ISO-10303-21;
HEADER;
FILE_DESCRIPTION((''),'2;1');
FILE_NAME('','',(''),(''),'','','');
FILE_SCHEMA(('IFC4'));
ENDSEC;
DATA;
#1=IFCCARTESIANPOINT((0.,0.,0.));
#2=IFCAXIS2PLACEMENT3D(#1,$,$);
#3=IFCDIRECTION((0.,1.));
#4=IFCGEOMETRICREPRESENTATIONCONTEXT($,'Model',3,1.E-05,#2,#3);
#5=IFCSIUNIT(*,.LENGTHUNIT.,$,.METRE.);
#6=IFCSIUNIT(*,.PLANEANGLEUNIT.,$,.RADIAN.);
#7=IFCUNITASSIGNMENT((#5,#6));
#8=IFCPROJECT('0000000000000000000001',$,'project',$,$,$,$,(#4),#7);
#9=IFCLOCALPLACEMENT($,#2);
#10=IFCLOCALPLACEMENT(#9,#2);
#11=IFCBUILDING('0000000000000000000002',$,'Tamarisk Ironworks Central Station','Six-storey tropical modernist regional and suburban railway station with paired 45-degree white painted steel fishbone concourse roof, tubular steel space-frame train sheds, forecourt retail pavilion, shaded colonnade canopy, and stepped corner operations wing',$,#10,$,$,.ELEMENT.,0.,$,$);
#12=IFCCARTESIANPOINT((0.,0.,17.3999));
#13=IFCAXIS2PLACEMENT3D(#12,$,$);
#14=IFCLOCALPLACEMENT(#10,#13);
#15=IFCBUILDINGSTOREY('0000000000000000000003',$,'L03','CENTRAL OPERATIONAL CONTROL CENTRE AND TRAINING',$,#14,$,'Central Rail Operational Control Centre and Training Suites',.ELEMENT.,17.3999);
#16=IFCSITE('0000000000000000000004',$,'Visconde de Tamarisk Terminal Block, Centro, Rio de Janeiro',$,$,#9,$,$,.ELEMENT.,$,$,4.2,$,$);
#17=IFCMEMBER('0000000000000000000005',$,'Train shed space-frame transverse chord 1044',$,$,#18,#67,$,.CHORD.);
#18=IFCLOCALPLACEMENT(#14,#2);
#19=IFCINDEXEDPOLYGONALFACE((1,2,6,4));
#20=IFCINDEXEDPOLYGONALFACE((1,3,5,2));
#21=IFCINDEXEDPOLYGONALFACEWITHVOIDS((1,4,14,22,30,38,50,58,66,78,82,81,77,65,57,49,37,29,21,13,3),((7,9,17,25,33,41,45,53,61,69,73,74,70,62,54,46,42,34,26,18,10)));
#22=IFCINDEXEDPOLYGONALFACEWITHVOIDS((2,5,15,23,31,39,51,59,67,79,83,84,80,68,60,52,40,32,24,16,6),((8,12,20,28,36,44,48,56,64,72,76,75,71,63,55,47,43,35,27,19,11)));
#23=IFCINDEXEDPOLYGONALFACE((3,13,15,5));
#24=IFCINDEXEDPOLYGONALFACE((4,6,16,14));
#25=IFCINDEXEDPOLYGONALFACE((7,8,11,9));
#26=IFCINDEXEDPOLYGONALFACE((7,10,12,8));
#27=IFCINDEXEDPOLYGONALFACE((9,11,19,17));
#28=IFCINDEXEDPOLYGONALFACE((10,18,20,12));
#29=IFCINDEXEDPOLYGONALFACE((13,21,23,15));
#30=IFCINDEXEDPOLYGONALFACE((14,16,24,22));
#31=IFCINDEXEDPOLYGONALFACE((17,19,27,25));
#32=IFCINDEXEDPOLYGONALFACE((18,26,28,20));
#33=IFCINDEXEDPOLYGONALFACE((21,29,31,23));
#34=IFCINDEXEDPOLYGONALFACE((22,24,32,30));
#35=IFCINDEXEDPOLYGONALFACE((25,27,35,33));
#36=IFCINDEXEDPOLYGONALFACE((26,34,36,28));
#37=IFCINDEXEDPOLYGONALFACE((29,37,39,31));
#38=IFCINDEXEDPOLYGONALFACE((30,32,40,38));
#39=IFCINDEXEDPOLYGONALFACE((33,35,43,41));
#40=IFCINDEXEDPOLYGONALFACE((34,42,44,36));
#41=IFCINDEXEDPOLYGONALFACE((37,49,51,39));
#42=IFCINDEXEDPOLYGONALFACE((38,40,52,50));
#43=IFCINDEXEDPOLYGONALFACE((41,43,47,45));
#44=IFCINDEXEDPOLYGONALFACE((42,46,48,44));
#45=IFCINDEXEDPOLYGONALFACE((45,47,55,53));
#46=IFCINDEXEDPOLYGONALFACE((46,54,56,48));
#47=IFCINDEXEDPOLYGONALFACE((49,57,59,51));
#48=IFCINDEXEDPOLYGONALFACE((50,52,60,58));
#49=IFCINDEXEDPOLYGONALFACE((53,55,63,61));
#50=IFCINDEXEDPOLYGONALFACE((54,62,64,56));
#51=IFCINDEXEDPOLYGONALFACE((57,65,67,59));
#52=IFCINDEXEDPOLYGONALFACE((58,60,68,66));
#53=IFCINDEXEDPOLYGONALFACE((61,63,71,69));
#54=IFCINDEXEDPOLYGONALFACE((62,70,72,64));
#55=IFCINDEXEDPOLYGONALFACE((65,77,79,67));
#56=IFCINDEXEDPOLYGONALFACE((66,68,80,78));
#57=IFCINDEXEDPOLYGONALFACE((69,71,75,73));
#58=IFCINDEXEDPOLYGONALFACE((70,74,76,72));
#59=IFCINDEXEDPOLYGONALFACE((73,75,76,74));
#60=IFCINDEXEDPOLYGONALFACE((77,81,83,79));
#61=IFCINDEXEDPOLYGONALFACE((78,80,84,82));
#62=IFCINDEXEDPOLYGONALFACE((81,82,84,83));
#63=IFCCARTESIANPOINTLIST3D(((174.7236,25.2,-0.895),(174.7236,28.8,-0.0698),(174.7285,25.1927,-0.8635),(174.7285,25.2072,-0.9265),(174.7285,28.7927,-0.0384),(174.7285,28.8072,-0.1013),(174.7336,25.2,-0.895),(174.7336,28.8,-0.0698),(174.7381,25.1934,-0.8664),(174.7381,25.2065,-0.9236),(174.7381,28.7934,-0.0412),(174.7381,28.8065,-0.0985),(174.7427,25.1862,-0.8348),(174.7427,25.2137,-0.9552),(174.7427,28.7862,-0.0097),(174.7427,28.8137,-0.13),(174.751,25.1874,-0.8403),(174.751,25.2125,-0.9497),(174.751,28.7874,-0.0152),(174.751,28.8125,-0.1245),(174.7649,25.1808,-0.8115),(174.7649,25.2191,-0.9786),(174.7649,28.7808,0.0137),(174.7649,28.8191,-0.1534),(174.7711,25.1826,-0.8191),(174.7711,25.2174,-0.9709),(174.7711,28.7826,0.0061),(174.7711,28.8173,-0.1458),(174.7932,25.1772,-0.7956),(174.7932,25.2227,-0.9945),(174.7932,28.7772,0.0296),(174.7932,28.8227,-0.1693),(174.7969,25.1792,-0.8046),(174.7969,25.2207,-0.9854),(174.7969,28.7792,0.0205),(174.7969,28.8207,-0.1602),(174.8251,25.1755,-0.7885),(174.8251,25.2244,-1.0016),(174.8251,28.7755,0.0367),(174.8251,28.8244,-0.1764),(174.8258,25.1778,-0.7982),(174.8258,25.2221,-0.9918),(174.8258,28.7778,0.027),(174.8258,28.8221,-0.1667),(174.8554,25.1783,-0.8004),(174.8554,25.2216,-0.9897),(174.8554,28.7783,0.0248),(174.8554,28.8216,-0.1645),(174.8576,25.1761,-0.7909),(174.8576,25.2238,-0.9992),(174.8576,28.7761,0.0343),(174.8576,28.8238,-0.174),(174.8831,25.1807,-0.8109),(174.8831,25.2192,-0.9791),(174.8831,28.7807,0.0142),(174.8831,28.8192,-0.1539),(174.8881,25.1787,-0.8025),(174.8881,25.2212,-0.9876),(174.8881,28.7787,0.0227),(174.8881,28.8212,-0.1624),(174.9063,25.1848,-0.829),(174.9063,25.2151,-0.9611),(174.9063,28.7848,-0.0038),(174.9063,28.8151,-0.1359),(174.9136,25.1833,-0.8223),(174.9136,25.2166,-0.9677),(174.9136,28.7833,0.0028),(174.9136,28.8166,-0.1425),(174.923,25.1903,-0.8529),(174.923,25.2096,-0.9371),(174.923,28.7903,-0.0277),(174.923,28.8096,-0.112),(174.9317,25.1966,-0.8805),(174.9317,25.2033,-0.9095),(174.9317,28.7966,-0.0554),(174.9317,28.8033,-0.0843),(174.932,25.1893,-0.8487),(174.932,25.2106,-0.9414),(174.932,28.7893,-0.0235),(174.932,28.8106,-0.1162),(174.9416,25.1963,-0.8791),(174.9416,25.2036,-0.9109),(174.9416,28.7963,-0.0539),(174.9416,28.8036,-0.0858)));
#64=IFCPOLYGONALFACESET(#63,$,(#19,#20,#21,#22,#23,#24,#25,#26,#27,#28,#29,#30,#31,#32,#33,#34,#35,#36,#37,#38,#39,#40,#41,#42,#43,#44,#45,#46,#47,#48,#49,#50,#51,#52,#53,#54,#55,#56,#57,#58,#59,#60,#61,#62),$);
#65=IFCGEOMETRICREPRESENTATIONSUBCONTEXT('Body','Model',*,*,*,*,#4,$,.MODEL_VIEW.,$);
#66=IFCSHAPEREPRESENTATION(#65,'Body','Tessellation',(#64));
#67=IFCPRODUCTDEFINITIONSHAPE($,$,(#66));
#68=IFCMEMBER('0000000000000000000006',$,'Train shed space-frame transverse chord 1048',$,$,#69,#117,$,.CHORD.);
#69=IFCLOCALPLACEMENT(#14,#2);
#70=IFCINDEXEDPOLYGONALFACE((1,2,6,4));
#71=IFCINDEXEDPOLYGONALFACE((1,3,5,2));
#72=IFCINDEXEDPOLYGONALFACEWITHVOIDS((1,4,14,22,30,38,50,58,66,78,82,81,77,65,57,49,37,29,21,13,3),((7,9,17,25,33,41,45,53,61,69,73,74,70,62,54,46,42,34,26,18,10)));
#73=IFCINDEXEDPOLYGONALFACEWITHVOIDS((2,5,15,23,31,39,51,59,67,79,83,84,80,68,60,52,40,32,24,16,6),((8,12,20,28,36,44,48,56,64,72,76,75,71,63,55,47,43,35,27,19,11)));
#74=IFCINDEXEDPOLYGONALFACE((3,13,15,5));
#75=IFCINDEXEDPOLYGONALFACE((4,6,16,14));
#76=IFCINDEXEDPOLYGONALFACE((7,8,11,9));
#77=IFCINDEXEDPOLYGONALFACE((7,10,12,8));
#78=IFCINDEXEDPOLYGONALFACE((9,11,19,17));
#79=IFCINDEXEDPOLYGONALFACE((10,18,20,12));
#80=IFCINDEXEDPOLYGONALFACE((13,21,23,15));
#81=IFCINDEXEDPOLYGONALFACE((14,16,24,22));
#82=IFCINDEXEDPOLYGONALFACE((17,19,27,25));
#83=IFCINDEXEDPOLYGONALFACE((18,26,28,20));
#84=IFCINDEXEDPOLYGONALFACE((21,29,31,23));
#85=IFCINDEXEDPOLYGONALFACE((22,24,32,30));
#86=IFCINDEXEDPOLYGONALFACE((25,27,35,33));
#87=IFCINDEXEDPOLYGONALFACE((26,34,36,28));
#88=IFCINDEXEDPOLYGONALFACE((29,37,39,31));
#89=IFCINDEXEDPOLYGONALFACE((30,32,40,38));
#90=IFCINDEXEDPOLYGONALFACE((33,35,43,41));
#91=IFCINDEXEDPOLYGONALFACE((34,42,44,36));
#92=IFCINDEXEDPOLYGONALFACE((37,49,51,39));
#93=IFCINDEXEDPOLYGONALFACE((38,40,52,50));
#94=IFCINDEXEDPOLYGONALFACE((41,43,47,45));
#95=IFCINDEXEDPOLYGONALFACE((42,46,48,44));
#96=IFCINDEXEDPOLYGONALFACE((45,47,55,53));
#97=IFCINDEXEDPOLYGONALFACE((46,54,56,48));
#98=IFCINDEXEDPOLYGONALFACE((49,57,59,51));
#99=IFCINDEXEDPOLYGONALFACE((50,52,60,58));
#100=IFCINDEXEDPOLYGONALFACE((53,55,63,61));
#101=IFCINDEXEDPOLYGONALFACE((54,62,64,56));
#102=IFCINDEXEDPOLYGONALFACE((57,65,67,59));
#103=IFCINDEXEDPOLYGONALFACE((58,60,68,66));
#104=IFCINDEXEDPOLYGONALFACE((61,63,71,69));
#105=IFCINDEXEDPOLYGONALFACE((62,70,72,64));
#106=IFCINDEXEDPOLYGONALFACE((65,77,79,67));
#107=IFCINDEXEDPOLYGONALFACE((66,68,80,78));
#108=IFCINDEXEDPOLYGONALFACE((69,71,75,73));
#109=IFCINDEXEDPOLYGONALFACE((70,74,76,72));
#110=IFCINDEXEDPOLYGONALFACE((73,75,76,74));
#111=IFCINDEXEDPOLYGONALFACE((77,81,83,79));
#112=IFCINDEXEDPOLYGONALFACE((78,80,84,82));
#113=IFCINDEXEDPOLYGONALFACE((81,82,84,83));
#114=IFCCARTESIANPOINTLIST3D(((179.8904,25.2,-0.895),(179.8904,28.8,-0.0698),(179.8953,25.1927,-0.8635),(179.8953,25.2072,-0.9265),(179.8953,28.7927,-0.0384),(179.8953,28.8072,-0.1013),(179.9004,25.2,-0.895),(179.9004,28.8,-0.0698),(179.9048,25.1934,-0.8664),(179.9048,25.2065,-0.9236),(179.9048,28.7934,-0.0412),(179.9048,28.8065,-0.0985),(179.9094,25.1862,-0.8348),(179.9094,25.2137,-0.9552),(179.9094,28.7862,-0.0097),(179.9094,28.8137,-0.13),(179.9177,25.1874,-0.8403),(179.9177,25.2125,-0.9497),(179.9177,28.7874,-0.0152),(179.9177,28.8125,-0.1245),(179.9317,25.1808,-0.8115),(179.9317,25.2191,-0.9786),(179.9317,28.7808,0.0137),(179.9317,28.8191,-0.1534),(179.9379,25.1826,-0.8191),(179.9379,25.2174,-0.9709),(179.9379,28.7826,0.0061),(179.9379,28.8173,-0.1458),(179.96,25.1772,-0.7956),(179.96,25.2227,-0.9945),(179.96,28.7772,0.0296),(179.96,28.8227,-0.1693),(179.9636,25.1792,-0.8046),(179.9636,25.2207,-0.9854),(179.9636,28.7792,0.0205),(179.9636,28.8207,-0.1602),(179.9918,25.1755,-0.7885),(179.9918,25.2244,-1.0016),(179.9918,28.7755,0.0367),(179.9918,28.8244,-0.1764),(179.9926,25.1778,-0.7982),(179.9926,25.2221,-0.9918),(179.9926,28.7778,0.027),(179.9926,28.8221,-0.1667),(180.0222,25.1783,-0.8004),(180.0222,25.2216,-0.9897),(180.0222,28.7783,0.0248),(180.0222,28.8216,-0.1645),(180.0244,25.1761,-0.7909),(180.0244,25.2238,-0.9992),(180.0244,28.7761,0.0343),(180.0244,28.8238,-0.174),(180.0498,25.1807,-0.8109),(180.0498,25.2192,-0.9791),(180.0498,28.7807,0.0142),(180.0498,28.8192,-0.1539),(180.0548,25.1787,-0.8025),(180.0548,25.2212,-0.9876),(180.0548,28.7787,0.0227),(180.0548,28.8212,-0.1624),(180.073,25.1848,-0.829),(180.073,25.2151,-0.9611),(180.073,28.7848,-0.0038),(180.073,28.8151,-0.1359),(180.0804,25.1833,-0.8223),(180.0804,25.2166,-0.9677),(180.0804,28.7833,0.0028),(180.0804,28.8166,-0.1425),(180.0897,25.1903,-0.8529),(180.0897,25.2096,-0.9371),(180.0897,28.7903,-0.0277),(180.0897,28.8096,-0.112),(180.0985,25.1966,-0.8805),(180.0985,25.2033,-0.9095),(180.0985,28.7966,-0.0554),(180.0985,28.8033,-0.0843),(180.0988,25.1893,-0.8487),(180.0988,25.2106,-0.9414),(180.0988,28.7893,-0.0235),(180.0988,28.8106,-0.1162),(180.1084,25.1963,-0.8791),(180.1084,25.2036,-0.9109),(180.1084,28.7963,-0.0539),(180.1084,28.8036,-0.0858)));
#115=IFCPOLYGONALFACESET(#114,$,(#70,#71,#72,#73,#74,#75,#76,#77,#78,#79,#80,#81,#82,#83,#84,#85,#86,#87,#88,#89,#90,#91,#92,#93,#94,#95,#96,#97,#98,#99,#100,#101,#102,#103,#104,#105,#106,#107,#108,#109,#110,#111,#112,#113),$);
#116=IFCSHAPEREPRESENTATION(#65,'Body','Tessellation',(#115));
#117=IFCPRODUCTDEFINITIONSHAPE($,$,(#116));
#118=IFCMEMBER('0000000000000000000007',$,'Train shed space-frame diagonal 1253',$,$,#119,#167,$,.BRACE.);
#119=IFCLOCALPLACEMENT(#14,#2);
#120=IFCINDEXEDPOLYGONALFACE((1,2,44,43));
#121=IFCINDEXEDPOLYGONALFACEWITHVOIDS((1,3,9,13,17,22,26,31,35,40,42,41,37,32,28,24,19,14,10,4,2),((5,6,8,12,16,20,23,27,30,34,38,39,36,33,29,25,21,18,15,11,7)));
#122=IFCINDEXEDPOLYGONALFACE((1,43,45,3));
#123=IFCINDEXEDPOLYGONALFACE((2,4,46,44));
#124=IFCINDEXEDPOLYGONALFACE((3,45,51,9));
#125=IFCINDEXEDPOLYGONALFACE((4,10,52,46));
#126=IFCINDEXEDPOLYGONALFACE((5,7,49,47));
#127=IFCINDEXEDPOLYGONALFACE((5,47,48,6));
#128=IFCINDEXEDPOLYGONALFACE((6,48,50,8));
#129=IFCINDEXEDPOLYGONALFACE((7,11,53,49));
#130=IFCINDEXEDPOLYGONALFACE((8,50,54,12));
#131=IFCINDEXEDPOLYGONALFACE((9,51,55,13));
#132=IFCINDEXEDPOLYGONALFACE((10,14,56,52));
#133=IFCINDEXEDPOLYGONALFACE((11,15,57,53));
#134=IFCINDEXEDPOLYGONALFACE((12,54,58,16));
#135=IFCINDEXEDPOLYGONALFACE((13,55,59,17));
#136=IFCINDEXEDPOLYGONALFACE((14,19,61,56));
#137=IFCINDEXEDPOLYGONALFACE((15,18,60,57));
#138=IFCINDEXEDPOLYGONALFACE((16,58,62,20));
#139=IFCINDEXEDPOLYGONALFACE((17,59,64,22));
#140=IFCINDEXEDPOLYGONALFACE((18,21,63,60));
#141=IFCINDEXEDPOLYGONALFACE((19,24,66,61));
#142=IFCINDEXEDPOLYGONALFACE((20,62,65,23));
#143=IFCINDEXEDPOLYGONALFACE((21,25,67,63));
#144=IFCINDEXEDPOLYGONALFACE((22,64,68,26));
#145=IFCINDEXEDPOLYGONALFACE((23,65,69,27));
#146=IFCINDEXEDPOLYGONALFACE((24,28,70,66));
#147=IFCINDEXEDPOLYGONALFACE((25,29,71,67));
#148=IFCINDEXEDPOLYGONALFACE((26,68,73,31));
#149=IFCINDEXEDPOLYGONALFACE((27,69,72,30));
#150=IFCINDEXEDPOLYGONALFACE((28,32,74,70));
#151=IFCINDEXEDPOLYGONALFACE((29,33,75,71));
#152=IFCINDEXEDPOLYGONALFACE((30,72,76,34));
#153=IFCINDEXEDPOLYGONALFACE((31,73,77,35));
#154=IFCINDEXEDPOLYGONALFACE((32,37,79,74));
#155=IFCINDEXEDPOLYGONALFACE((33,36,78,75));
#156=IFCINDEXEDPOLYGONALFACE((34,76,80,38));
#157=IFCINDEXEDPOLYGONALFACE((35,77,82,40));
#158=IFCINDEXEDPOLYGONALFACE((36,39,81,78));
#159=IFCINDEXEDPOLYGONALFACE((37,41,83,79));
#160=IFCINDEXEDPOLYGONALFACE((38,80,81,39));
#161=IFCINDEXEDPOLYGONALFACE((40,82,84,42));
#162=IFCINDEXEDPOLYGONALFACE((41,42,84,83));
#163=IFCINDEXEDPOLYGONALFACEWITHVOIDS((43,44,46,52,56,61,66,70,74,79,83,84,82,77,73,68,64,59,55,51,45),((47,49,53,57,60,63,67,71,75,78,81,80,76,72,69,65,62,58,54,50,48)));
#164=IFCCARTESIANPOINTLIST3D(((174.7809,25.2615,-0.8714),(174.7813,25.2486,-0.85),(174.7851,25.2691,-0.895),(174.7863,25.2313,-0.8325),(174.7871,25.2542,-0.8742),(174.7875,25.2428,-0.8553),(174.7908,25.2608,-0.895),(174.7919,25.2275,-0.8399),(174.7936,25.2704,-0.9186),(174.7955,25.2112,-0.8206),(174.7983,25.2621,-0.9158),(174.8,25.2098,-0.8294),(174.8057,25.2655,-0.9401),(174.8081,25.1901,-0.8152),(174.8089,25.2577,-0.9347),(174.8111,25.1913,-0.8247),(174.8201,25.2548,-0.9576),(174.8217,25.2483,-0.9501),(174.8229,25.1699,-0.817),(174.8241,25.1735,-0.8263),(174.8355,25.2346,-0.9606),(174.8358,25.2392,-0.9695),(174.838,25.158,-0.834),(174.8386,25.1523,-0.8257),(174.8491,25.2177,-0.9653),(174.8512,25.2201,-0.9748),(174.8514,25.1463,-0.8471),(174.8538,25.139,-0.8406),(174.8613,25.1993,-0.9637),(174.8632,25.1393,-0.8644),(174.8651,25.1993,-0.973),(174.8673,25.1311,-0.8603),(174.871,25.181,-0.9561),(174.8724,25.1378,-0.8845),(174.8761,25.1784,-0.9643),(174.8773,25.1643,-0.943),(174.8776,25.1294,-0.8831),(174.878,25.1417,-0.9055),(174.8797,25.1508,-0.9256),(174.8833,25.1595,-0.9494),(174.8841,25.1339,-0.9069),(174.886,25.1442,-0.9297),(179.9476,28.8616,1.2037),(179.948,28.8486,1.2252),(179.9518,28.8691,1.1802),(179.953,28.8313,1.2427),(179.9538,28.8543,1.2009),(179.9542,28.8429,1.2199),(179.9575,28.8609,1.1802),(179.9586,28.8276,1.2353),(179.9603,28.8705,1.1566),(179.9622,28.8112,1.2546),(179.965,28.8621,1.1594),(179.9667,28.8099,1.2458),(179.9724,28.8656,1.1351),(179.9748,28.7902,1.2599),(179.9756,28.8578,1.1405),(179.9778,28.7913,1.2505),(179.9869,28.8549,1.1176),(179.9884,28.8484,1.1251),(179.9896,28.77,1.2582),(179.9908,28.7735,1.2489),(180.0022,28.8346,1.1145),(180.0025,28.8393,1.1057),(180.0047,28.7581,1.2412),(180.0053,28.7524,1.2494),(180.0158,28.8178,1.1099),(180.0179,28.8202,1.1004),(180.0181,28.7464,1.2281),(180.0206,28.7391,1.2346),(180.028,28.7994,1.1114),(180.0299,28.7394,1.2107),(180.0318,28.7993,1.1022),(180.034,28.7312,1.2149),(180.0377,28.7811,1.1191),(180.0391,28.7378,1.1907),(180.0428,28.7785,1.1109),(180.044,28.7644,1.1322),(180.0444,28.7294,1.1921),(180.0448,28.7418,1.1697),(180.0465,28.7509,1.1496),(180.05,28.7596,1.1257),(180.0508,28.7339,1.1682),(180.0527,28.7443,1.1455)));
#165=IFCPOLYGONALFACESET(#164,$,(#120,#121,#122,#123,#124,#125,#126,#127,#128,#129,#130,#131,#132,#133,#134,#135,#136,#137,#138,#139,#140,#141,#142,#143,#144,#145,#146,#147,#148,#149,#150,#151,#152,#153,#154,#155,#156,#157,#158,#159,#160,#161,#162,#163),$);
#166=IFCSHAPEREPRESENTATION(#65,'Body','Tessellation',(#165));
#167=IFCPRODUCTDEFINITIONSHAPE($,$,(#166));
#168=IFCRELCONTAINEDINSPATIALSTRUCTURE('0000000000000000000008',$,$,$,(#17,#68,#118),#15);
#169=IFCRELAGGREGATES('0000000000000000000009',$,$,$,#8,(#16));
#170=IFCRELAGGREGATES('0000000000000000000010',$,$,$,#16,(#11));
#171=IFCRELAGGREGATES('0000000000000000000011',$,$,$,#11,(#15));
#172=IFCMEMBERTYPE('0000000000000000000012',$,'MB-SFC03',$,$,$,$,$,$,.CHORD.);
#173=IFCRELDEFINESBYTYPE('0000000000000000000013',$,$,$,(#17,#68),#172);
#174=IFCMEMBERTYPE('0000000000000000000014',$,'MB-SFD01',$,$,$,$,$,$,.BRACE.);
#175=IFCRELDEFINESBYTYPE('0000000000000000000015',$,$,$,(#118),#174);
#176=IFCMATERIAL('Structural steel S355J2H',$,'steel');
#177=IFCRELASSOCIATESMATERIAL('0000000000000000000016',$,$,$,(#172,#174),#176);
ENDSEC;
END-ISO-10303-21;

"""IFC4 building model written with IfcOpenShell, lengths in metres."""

from ifc_helpers import new_model, si_unit, direction, frame, origin, origin_2d, place, context, subcontext, project, spatial, hollow_circle, extrude, material, material_profile, profile_set, type_object, element, save


model = new_model("IFC4")

# Units and contexts
model_context = context("Model", 3, precision=1e-05, world=origin(), true_north=direction((0.0, 1.0)))
body_context = subcontext(model_context, "Body", "Model", "MODEL_VIEW")
ifc_project = project(units=[si_unit("LENGTHUNIT", "METRE"), si_unit("PLANEANGLEUNIT", "RADIAN")], contexts=[model_context])

# Site, building, storey
site_placement = place(None, origin())
site = spatial("IfcSite", under=ifc_project, at=site_placement, Name="Visconde de Tamarisk Terminal Block, Centro, Rio de Janeiro", CompositionType="ELEMENT", RefElevation=4.2)
building_placement = place(site_placement, origin())
building = spatial("IfcBuilding", under=site, at=building_placement, Name="Tamarisk Ironworks Central Station", Description="Six-storey tropical modernist regional and suburban railway station with paired 45-degree white painted steel fishbone concourse roof, tubular steel space-frame train sheds, forecourt retail pavilion, shaded colonnade canopy, and stepped corner operations wing", CompositionType="ELEMENT", ElevationOfRefHeight=0.0)
storey_placement = place(building_placement, frame((0.0, 0.0, 17.3999)))
storey = spatial("IfcBuildingStorey", under=building, at=storey_placement, Name="L03", Description="CENTRAL OPERATIONAL CONTROL CENTRE AND TRAINING", LongName="Central Rail Operational Control Centre and Training Suites", CompositionType="ELEMENT", Elevation=17.3999)

# Members
ifc_material = material(Name="Structural steel S355J2H", Category="steel")
ifc_material_profile_1 = material_profile(ifc_material, hollow_circle(Radius=0.1096, WallThickness=0.01, at=origin_2d()), Name="CHS 219.1x10")
ifc_profile_set_1 = profile_set([ifc_material_profile_1], Name="Structural steel S355J2H")
member_type_1 = type_object("IfcMemberType", Name="MB-SFC03", PredefinedType="CHORD", material=ifc_profile_set_1)
for number, where, z_axis, x_axis, name in (
    (1, (174.8333, 25.2, -0.895), (0.0, 0.974722, 0.223421), (-1.0, 0.0, 0.0), "Train shed space-frame transverse chord 1044"),
    (2, (180.0, 25.2, -0.895), (0.0, 0.974722, 0.223421), (-1.0, 0.0, 0.0), "Train shed space-frame transverse chord 1048"),
):
    element("IfcMember", number, at=place(storey_placement, frame(where, z_axis=z_axis, x_axis=x_axis)), inside=storey, type_object=member_type_1, Name=name, PredefinedType="CHORD", context=body_context, shape_type="SweptSolid", body=[
        extrude(hollow_circle(Radius=0.1096, WallThickness=0.01, at=origin_2d()), origin(), (0.0, 0.0, 1.0), 3.6934),
    ])
ifc_material_profile_2 = material_profile(ifc_material, hollow_circle(Radius=0.0842, WallThickness=0.01, at=origin_2d()), Name="CHS 168.3x10")
ifc_profile_set_2 = profile_set([ifc_material_profile_2], Name="Structural steel S355J2H")
member_type_2 = type_object("IfcMemberType", Name="MB-SFD01", PredefinedType="BRACE", material=ifc_profile_set_2)
member_1_placement = place(storey_placement, frame((174.8333, 25.2, -0.895), z_axis=(0.779249, 0.542967, 0.312981), x_axis=(-0.571689, 0.82047, 0.0)))
element("IfcMember", 3, at=member_1_placement, inside=storey, type_object=member_type_2, Name="Train shed space-frame diagonal 1253", PredefinedType="BRACE", context=body_context, shape_type="SweptSolid", body=[
    extrude(hollow_circle(Radius=0.0842, WallThickness=0.01, at=origin_2d()), origin(), (0.0, 0.0, 1.0), 6.6304),
])

save(model, "model.ifc")
